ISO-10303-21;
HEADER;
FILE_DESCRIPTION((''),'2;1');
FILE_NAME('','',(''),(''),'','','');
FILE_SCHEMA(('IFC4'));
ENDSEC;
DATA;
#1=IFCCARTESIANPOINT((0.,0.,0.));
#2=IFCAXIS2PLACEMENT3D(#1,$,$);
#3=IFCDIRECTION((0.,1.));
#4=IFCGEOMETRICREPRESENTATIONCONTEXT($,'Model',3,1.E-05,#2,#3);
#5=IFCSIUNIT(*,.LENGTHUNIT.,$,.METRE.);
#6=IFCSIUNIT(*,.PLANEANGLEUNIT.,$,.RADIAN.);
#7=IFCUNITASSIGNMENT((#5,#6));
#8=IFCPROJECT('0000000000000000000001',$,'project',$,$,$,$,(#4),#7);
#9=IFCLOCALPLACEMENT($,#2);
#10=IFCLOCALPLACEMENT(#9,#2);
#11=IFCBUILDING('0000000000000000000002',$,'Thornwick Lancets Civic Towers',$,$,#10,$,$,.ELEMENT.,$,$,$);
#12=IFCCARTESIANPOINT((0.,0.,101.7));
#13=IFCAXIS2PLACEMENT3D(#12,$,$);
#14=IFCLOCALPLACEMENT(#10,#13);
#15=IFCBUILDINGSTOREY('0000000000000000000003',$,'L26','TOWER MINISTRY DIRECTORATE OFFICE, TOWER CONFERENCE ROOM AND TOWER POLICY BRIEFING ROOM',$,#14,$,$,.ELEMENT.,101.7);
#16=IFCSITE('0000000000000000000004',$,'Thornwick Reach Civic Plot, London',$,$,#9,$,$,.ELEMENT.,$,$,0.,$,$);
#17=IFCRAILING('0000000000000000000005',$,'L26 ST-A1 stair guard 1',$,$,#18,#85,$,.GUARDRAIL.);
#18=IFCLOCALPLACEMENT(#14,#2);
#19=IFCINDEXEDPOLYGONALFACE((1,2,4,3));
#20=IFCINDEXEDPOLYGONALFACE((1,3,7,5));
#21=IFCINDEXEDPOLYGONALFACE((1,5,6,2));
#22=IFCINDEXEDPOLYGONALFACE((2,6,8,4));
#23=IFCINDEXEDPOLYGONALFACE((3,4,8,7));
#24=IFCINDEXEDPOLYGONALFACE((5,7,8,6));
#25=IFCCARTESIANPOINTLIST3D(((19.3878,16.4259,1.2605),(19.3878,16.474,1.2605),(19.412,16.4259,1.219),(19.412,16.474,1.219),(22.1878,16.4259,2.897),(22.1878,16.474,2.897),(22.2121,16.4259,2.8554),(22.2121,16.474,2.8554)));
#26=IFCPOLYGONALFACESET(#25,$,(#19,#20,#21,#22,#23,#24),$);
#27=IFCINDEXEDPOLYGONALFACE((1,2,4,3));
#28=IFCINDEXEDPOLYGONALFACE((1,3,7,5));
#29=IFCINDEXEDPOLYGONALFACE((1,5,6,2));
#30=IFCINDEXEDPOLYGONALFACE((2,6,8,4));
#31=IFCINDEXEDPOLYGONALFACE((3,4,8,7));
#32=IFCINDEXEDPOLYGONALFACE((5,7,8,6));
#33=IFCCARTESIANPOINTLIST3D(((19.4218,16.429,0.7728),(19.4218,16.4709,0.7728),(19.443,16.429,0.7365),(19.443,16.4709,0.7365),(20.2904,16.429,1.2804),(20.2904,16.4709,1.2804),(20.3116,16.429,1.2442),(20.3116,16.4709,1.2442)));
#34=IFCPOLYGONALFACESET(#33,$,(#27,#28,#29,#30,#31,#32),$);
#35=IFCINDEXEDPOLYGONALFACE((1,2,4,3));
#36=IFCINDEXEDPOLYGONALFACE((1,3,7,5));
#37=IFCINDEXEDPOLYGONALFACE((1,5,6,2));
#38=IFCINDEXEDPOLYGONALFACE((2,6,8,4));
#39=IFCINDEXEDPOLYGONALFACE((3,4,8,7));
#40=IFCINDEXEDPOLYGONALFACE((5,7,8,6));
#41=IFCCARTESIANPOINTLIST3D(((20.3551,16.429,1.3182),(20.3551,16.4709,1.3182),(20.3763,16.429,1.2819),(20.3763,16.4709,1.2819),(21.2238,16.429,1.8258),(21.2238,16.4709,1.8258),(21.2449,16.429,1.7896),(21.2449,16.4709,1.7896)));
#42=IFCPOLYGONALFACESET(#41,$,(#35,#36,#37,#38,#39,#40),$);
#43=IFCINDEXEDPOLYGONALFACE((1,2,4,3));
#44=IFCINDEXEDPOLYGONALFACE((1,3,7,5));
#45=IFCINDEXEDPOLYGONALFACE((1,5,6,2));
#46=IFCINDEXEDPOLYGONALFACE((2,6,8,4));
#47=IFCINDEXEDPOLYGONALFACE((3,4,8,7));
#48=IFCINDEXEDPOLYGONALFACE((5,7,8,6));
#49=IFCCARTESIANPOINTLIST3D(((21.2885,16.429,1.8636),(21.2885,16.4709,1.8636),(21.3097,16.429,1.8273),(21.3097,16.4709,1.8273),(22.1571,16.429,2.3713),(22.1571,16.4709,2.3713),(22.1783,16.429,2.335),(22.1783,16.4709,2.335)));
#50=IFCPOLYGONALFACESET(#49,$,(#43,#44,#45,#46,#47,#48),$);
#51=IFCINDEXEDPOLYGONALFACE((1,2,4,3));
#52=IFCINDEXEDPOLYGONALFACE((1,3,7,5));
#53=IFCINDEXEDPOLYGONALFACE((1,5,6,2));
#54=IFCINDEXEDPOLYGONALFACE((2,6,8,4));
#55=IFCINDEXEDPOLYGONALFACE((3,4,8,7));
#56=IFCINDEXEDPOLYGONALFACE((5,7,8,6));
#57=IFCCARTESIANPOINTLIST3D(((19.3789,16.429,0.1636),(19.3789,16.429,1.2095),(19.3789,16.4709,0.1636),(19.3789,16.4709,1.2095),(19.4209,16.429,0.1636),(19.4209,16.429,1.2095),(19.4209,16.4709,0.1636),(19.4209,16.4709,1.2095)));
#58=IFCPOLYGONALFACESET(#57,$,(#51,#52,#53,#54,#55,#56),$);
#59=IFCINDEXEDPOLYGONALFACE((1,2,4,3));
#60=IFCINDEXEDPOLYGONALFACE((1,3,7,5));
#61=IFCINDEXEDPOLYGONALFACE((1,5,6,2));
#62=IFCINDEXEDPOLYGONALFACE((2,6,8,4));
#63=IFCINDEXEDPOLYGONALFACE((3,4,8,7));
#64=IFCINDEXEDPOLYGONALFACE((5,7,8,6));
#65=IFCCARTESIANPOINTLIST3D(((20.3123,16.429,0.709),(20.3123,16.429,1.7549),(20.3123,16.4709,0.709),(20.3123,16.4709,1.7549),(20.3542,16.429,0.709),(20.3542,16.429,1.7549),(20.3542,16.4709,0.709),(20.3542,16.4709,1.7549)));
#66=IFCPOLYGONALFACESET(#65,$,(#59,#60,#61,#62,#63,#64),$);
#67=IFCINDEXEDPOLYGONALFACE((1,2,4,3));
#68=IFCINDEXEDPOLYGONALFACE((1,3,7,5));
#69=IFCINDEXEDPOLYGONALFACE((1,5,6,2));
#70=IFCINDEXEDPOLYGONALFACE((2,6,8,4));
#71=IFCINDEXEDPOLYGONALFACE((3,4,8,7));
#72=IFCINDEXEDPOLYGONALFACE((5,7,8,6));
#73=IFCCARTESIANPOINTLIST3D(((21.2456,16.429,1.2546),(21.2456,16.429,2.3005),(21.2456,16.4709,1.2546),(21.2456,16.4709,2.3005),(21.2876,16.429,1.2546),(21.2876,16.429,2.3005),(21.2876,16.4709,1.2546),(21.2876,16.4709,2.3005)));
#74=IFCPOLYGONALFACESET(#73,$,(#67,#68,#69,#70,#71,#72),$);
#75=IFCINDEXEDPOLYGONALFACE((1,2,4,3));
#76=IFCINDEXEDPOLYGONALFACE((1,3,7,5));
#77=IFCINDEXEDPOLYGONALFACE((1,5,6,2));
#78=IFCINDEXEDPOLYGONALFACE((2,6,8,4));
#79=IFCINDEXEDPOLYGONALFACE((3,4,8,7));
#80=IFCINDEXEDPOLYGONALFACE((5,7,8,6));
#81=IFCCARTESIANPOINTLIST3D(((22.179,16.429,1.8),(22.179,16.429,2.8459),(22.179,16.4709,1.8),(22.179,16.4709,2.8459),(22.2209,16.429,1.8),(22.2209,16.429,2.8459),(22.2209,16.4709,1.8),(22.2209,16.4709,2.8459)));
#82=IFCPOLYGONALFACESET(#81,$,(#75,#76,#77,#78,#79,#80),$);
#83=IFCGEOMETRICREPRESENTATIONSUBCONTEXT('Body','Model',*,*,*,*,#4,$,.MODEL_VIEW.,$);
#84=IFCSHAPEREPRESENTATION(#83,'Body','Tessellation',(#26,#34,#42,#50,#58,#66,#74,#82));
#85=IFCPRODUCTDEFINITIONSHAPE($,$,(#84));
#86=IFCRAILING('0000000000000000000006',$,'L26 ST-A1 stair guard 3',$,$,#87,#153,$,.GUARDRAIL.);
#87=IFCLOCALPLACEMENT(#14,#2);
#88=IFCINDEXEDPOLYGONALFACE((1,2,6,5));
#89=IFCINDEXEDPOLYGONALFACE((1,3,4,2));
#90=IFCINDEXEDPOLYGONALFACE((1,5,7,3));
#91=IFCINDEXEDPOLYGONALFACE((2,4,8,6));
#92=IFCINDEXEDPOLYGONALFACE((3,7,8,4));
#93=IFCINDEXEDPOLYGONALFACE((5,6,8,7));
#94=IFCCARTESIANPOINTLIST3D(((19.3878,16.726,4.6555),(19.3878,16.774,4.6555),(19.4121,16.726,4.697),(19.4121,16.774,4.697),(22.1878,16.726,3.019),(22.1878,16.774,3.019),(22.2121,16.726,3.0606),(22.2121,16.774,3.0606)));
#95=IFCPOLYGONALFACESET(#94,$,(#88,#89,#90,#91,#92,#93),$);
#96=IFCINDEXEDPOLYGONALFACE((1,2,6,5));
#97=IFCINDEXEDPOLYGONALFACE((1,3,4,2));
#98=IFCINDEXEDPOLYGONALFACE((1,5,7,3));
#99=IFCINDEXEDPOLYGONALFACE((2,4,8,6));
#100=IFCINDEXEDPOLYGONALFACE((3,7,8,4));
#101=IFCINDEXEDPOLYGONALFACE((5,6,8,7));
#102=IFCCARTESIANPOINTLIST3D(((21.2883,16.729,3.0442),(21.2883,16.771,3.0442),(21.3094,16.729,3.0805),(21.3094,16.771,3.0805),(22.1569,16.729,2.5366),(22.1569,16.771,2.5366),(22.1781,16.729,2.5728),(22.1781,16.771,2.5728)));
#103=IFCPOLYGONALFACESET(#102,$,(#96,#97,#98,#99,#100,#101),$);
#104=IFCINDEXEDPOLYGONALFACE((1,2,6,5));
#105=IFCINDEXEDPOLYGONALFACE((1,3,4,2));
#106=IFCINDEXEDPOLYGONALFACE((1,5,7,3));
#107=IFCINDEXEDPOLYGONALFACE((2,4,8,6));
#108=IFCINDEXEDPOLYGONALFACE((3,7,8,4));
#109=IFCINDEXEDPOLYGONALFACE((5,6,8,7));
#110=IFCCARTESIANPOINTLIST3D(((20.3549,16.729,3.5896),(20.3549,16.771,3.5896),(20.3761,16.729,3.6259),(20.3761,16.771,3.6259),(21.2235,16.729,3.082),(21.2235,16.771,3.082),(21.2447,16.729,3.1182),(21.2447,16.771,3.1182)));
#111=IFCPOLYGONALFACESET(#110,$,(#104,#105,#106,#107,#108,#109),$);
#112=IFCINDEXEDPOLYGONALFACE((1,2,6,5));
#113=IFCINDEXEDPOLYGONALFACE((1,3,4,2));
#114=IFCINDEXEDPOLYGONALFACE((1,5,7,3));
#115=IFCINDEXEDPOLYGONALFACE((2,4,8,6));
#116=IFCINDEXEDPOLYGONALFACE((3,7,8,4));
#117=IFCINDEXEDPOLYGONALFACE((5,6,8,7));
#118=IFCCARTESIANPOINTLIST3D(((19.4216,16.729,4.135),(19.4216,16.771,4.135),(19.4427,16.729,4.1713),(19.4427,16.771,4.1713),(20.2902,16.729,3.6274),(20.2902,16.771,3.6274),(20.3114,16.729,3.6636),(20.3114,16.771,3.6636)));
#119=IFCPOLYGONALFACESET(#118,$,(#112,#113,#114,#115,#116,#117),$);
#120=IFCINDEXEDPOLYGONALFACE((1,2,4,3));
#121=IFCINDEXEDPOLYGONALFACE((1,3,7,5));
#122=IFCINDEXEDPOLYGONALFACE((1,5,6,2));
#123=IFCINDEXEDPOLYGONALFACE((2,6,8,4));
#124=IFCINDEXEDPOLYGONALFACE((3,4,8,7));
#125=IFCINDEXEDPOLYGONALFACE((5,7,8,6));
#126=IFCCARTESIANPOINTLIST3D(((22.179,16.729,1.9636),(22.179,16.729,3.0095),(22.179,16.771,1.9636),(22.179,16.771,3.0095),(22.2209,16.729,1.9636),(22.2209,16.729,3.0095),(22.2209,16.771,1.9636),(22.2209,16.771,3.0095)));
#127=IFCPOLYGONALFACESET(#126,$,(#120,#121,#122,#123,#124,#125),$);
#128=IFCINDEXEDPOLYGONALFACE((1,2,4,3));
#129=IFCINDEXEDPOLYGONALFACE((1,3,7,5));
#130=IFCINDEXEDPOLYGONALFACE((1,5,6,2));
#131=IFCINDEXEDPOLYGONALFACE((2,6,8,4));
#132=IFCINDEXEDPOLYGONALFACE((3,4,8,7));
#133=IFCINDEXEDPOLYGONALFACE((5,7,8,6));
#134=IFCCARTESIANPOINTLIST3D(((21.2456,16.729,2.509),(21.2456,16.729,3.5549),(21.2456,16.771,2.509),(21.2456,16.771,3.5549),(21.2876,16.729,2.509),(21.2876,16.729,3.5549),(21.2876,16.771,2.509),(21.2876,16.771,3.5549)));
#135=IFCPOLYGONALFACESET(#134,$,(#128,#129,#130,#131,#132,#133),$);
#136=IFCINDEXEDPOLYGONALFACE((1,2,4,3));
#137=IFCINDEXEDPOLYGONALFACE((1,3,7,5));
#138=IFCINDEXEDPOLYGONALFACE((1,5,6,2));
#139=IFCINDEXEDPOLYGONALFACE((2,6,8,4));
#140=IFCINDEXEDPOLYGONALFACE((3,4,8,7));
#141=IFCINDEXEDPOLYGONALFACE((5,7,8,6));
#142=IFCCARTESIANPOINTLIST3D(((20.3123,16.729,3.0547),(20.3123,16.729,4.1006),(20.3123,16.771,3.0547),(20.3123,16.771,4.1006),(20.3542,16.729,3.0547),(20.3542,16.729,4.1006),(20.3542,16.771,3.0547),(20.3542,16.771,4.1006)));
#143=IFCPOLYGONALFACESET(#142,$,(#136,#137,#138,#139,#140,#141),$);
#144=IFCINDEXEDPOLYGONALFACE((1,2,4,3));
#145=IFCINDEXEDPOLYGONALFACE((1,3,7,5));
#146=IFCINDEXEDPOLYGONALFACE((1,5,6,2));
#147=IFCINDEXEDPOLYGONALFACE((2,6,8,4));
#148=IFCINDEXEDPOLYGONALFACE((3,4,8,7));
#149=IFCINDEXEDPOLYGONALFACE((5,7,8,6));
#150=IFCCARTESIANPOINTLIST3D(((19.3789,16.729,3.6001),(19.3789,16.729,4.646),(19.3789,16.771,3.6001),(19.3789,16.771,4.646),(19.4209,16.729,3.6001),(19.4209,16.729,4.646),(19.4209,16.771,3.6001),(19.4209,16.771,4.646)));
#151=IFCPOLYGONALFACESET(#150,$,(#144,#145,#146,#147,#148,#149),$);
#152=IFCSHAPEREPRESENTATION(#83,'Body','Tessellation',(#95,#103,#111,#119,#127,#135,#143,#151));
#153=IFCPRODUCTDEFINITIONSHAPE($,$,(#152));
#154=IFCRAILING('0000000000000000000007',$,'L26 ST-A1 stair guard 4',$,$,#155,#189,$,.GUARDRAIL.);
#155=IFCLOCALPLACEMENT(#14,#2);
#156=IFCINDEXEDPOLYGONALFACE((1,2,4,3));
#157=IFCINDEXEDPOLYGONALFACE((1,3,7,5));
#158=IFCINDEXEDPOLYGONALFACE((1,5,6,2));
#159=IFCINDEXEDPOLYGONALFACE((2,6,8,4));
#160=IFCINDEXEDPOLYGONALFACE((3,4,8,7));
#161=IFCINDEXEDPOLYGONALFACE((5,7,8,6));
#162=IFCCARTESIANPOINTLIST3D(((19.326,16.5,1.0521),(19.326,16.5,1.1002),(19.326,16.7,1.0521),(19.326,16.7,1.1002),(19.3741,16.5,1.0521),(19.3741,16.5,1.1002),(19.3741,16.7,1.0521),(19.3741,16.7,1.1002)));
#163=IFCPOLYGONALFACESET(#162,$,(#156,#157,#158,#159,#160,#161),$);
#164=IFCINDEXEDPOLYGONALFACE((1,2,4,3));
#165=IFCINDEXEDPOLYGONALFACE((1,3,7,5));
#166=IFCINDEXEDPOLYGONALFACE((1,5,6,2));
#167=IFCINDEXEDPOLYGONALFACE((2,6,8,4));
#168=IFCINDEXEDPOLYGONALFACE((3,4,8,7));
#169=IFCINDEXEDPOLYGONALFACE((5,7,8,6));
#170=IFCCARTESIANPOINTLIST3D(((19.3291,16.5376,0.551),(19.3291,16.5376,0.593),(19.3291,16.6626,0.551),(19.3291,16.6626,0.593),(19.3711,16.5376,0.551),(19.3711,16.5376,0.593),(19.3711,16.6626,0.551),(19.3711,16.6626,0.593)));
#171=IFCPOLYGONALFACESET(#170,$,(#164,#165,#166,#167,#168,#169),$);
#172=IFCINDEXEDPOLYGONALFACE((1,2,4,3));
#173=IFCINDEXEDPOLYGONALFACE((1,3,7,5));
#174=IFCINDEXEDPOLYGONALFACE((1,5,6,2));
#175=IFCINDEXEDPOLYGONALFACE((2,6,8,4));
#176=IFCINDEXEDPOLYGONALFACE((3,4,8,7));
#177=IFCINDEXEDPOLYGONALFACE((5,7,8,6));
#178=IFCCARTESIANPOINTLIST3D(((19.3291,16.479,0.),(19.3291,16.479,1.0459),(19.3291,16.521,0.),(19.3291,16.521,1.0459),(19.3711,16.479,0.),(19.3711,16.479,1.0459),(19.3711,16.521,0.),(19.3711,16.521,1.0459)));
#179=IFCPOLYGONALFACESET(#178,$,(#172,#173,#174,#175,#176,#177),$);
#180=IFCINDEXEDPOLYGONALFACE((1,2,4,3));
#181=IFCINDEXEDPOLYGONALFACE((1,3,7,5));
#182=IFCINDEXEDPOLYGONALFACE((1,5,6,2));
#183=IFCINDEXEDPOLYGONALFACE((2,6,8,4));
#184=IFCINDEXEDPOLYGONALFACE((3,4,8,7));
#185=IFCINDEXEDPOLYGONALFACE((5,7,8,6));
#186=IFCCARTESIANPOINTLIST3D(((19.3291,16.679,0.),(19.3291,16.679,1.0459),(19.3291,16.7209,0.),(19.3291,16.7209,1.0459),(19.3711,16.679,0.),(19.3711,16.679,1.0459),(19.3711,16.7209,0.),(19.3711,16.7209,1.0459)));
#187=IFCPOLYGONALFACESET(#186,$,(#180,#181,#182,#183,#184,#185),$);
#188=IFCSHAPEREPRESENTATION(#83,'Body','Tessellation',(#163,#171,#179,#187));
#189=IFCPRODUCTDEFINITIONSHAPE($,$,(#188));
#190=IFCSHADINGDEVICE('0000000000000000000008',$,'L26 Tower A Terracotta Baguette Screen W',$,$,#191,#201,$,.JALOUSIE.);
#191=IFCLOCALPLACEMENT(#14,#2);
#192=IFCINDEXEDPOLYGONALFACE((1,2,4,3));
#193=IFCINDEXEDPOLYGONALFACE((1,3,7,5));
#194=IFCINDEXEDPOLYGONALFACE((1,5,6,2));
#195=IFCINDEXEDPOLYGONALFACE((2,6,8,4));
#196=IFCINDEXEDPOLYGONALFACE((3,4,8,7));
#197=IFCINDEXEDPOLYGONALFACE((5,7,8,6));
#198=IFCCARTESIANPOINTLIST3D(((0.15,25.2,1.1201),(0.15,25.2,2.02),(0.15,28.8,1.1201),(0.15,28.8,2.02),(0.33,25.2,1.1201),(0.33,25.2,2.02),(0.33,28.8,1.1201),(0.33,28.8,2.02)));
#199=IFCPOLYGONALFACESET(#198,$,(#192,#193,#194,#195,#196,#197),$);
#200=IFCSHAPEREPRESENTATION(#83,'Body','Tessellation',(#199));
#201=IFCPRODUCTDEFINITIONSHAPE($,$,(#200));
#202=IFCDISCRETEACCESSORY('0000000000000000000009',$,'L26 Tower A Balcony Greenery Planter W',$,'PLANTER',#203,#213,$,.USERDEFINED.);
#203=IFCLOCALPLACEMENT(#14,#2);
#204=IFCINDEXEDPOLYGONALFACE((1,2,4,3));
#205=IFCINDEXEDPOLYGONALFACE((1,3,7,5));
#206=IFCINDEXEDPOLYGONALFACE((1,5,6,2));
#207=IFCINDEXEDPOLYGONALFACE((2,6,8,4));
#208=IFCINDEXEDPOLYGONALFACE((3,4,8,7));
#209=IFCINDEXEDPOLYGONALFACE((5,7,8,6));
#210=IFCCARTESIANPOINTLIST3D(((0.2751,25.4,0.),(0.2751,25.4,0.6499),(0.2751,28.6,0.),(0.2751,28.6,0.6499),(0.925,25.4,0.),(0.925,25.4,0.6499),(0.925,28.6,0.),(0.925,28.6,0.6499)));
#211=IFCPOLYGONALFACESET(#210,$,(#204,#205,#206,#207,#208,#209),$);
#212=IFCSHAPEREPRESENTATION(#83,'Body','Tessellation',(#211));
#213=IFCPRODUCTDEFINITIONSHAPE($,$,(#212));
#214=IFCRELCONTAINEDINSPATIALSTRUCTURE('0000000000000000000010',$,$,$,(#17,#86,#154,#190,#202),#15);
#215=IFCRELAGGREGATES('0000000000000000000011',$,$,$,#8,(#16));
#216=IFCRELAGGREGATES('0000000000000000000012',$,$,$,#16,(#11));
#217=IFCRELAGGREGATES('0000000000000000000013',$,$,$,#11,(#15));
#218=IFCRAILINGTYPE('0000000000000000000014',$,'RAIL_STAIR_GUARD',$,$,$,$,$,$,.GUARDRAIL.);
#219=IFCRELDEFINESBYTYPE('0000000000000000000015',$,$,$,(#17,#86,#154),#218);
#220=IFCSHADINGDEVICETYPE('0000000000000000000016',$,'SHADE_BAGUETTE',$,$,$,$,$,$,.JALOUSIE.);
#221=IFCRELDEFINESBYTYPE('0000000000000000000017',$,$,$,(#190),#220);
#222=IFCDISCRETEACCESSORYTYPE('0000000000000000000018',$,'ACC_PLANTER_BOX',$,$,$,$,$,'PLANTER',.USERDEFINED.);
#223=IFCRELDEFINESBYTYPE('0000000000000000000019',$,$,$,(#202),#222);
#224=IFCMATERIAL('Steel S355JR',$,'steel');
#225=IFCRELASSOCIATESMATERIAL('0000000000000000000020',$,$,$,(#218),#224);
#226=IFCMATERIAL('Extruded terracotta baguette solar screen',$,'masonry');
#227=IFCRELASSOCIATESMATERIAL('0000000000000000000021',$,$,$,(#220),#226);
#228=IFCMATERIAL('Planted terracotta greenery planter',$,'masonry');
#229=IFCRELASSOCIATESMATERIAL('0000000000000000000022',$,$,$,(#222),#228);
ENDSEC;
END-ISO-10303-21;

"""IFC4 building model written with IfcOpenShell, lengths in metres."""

from ifc_helpers import new_model, si_unit, direction, frame, origin, origin_2d, place, context, subcontext, project, spatial, rectangle, extrude, material, type_object, element, save


model = new_model("IFC4")

# Units and contexts
model_context = context("Model", 3, precision=1e-05, world=origin(), true_north=direction((0.0, 1.0)))
body_context = subcontext(model_context, "Body", "Model", "MODEL_VIEW")
ifc_project = project(units=[si_unit("LENGTHUNIT", "METRE"), si_unit("PLANEANGLEUNIT", "RADIAN")], contexts=[model_context])

# Site, building, storey
site_placement = place(None, origin())
site = spatial("IfcSite", under=ifc_project, at=site_placement, Name="Thornwick Reach Civic Plot, London", CompositionType="ELEMENT", RefElevation=0.0)
building_placement = place(site_placement, origin())
building = spatial("IfcBuilding", under=site, at=building_placement, Name="Thornwick Lancets Civic Towers", CompositionType="ELEMENT")
storey_placement = place(building_placement, frame((0.0, 0.0, 101.7)))
storey = spatial("IfcBuildingStorey", under=building, at=storey_placement, Name="L26", Description="TOWER MINISTRY DIRECTORATE OFFICE, TOWER CONFERENCE ROOM AND TOWER POLICY BRIEFING ROOM", CompositionType="ELEMENT", Elevation=101.7)

# Shared definitions
ifc_material_1 = material(Name="Steel S355JR", Category="steel")

# Railings
railing_type_1 = type_object("IfcRailingType", Name="RAIL_STAIR_GUARD", PredefinedType="GUARDRAIL", material=ifc_material_1)
railing_1_placement = place(storey_placement, frame((19.3999, 16.45, 0.1636)))
element("IfcRailing", 1, at=railing_1_placement, inside=storey, type_object=railing_type_1, Name="L26 ST-A1 stair guard 1", PredefinedType="GUARDRAIL", context=body_context, shape_type="SweptSolid", body=[
    extrude(rectangle(XDim=0.0481, YDim=0.0481, at=origin_2d()), frame((0.0, 0.0, 1.0762), z_axis=(0.863361, 0.0, 0.504587), x_axis=(0.0, 1.0, 0.0)), (0.0, 0.0, 1.0), 3.2432),
    extrude(rectangle(XDim=0.042, YDim=0.042, at=origin_2d()), frame((0.0325, 0.0, 0.5911), z_axis=(0.863361, 0.0, 0.504587), x_axis=(0.0, 1.0, 0.0)), (0.0, 0.0, 1.0), 1.0061),
    extrude(rectangle(XDim=0.042, YDim=0.042, at=origin_2d()), frame((0.9658, 0.0, 1.1365), z_axis=(0.863361, 0.0, 0.504587), x_axis=(0.0, 1.0, 0.0)), (0.0, 0.0, 1.0), 1.0061),
    extrude(rectangle(XDim=0.042, YDim=0.042, at=origin_2d()), frame((1.8992, 0.0, 1.6819), z_axis=(0.863361, 0.0, 0.504587), x_axis=(0.0, 1.0, 0.0)), (0.0, 0.0, 1.0), 1.0061),
    extrude(rectangle(XDim=0.042, YDim=0.042, at=origin_2d()), origin(), (0.0, 0.0, 1.0), 1.0459),
    extrude(rectangle(XDim=0.042, YDim=0.042, at=origin_2d()), frame((0.9333, 0.0, 0.5454)), (0.0, 0.0, 1.0), 1.0459),
    extrude(rectangle(XDim=0.042, YDim=0.042, at=origin_2d()), frame((1.8667, 0.0, 1.0911)), (0.0, 0.0, 1.0), 1.0459),
    extrude(rectangle(XDim=0.042, YDim=0.042, at=origin_2d()), frame((2.8, 0.0, 1.6365)), (0.0, 0.0, 1.0), 1.0459),
])
railing_2_placement = place(storey_placement, frame((22.2, 16.75, 1.9636)))
element("IfcRailing", 2, at=railing_2_placement, inside=storey, type_object=railing_type_1, Name="L26 ST-A1 stair guard 3", PredefinedType="GUARDRAIL", context=body_context, shape_type="SweptSolid", body=[
    extrude(rectangle(XDim=0.0481, YDim=0.0481, at=origin_2d()), frame((0.0, 0.0, 1.0762), z_axis=(-0.863361, 0.0, 0.504587), x_axis=(0.0, -1.0, 0.0)), (0.0, 0.0, 1.0), 3.2432),
    extrude(rectangle(XDim=0.042, YDim=0.042, at=origin_2d()), frame((-0.0325, 0.0, 0.5911), z_axis=(-0.863361, 0.0, 0.504587), x_axis=(0.0, -1.0, 0.0)), (0.0, 0.0, 1.0), 1.0061),
    extrude(rectangle(XDim=0.042, YDim=0.042, at=origin_2d()), frame((-0.9658, 0.0, 1.1365), z_axis=(-0.863361, 0.0, 0.504587), x_axis=(0.0, -1.0, 0.0)), (0.0, 0.0, 1.0), 1.0061),
    extrude(rectangle(XDim=0.042, YDim=0.042, at=origin_2d()), frame((-1.8992, 0.0, 1.6819), z_axis=(-0.863361, 0.0, 0.504587), x_axis=(0.0, -1.0, 0.0)), (0.0, 0.0, 1.0), 1.0061),
    extrude(rectangle(XDim=0.042, YDim=0.042, at=origin_2d()), origin(), (0.0, 0.0, 1.0), 1.0459),
    extrude(rectangle(XDim=0.042, YDim=0.042, at=origin_2d()), frame((-0.9333, 0.0, 0.5454)), (0.0, 0.0, 1.0), 1.0459),
    extrude(rectangle(XDim=0.042, YDim=0.042, at=origin_2d()), frame((-1.8667, 0.0, 1.0911)), (0.0, 0.0, 1.0), 1.0459),
    extrude(rectangle(XDim=0.042, YDim=0.042, at=origin_2d()), frame((-2.8, 0.0, 1.6365)), (0.0, 0.0, 1.0), 1.0459),
])
railing_3_placement = place(storey_placement, frame((19.3501, 16.5, 0.0)))
element("IfcRailing", 3, at=railing_3_placement, inside=storey, type_object=railing_type_1, Name="L26 ST-A1 stair guard 4", PredefinedType="GUARDRAIL", context=body_context, shape_type="SweptSolid", body=[
    extrude(rectangle(XDim=0.0481, YDim=0.0481, at=origin_2d()), frame((0.0, 0.0, 1.0762), z_axis=(0.0, 1.0, 0.0), x_axis=(-1.0, 0.0, 0.0)), (0.0, 0.0, 1.0), 0.2),
    extrude(rectangle(XDim=0.042, YDim=0.042, at=origin_2d()), frame((0.0, 0.0376, 0.572), z_axis=(0.0, 1.0, 0.0), x_axis=(-1.0, 0.0, 0.0)), (0.0, 0.0, 1.0), 0.125),
    extrude(rectangle(XDim=0.042, YDim=0.042, at=origin_2d()), origin(), (0.0, 0.0, 1.0), 1.0459),
    extrude(rectangle(XDim=0.042, YDim=0.042, at=origin_2d()), frame((0.0, 0.2, 0.0)), (0.0, 0.0, 1.0), 1.0459),
])

# Shading device
ifc_material_2 = material(Name="Extruded terracotta baguette solar screen", Category="masonry")
shading_device_type = type_object("IfcShadingDeviceType", Name="SHADE_BAGUETTE", PredefinedType="JALOUSIE", material=ifc_material_2)
shading_device_placement = place(storey_placement, frame((0.24, 27.0, 1.1201), z_axis=(0.0, 0.0, 1.0), x_axis=(0.0, 1.0, 0.0)))
element("IfcShadingDevice", 4, at=shading_device_placement, inside=storey, type_object=shading_device_type, Name="L26 Tower A Terracotta Baguette Screen W", PredefinedType="JALOUSIE", context=body_context, shape_type="SweptSolid", body=[
    extrude(rectangle(XDim=3.6001, YDim=0.1799, at=origin_2d()), origin(), (0.0, 0.0, 1.0), 0.8999),
])

# Discrete accessory
ifc_material_3 = material(Name="Planted terracotta greenery planter", Category="masonry")
discrete_accessory_type_1 = type_object("IfcDiscreteAccessoryType", Name="ACC_PLANTER_BOX", ElementType="PLANTER", PredefinedType="USERDEFINED", material=ifc_material_3)
discrete_accessory_1_placement = place(storey_placement, frame((0.6001, 27.0, 0.0), z_axis=(0.0, 0.0, 1.0), x_axis=(1.0, 0.0, 0.0)))
element("IfcDiscreteAccessory", 5, at=discrete_accessory_1_placement, inside=storey, type_object=discrete_accessory_type_1, Name="L26 Tower A Balcony Greenery Planter W", ObjectType="PLANTER", PredefinedType="USERDEFINED", context=body_context, shape_type="SweptSolid", body=[
    extrude(rectangle(XDim=0.6499, YDim=3.2, at=origin_2d()), origin(), (0.0, 0.0, 1.0), 0.6499),
])

save(model, "model.ifc")
